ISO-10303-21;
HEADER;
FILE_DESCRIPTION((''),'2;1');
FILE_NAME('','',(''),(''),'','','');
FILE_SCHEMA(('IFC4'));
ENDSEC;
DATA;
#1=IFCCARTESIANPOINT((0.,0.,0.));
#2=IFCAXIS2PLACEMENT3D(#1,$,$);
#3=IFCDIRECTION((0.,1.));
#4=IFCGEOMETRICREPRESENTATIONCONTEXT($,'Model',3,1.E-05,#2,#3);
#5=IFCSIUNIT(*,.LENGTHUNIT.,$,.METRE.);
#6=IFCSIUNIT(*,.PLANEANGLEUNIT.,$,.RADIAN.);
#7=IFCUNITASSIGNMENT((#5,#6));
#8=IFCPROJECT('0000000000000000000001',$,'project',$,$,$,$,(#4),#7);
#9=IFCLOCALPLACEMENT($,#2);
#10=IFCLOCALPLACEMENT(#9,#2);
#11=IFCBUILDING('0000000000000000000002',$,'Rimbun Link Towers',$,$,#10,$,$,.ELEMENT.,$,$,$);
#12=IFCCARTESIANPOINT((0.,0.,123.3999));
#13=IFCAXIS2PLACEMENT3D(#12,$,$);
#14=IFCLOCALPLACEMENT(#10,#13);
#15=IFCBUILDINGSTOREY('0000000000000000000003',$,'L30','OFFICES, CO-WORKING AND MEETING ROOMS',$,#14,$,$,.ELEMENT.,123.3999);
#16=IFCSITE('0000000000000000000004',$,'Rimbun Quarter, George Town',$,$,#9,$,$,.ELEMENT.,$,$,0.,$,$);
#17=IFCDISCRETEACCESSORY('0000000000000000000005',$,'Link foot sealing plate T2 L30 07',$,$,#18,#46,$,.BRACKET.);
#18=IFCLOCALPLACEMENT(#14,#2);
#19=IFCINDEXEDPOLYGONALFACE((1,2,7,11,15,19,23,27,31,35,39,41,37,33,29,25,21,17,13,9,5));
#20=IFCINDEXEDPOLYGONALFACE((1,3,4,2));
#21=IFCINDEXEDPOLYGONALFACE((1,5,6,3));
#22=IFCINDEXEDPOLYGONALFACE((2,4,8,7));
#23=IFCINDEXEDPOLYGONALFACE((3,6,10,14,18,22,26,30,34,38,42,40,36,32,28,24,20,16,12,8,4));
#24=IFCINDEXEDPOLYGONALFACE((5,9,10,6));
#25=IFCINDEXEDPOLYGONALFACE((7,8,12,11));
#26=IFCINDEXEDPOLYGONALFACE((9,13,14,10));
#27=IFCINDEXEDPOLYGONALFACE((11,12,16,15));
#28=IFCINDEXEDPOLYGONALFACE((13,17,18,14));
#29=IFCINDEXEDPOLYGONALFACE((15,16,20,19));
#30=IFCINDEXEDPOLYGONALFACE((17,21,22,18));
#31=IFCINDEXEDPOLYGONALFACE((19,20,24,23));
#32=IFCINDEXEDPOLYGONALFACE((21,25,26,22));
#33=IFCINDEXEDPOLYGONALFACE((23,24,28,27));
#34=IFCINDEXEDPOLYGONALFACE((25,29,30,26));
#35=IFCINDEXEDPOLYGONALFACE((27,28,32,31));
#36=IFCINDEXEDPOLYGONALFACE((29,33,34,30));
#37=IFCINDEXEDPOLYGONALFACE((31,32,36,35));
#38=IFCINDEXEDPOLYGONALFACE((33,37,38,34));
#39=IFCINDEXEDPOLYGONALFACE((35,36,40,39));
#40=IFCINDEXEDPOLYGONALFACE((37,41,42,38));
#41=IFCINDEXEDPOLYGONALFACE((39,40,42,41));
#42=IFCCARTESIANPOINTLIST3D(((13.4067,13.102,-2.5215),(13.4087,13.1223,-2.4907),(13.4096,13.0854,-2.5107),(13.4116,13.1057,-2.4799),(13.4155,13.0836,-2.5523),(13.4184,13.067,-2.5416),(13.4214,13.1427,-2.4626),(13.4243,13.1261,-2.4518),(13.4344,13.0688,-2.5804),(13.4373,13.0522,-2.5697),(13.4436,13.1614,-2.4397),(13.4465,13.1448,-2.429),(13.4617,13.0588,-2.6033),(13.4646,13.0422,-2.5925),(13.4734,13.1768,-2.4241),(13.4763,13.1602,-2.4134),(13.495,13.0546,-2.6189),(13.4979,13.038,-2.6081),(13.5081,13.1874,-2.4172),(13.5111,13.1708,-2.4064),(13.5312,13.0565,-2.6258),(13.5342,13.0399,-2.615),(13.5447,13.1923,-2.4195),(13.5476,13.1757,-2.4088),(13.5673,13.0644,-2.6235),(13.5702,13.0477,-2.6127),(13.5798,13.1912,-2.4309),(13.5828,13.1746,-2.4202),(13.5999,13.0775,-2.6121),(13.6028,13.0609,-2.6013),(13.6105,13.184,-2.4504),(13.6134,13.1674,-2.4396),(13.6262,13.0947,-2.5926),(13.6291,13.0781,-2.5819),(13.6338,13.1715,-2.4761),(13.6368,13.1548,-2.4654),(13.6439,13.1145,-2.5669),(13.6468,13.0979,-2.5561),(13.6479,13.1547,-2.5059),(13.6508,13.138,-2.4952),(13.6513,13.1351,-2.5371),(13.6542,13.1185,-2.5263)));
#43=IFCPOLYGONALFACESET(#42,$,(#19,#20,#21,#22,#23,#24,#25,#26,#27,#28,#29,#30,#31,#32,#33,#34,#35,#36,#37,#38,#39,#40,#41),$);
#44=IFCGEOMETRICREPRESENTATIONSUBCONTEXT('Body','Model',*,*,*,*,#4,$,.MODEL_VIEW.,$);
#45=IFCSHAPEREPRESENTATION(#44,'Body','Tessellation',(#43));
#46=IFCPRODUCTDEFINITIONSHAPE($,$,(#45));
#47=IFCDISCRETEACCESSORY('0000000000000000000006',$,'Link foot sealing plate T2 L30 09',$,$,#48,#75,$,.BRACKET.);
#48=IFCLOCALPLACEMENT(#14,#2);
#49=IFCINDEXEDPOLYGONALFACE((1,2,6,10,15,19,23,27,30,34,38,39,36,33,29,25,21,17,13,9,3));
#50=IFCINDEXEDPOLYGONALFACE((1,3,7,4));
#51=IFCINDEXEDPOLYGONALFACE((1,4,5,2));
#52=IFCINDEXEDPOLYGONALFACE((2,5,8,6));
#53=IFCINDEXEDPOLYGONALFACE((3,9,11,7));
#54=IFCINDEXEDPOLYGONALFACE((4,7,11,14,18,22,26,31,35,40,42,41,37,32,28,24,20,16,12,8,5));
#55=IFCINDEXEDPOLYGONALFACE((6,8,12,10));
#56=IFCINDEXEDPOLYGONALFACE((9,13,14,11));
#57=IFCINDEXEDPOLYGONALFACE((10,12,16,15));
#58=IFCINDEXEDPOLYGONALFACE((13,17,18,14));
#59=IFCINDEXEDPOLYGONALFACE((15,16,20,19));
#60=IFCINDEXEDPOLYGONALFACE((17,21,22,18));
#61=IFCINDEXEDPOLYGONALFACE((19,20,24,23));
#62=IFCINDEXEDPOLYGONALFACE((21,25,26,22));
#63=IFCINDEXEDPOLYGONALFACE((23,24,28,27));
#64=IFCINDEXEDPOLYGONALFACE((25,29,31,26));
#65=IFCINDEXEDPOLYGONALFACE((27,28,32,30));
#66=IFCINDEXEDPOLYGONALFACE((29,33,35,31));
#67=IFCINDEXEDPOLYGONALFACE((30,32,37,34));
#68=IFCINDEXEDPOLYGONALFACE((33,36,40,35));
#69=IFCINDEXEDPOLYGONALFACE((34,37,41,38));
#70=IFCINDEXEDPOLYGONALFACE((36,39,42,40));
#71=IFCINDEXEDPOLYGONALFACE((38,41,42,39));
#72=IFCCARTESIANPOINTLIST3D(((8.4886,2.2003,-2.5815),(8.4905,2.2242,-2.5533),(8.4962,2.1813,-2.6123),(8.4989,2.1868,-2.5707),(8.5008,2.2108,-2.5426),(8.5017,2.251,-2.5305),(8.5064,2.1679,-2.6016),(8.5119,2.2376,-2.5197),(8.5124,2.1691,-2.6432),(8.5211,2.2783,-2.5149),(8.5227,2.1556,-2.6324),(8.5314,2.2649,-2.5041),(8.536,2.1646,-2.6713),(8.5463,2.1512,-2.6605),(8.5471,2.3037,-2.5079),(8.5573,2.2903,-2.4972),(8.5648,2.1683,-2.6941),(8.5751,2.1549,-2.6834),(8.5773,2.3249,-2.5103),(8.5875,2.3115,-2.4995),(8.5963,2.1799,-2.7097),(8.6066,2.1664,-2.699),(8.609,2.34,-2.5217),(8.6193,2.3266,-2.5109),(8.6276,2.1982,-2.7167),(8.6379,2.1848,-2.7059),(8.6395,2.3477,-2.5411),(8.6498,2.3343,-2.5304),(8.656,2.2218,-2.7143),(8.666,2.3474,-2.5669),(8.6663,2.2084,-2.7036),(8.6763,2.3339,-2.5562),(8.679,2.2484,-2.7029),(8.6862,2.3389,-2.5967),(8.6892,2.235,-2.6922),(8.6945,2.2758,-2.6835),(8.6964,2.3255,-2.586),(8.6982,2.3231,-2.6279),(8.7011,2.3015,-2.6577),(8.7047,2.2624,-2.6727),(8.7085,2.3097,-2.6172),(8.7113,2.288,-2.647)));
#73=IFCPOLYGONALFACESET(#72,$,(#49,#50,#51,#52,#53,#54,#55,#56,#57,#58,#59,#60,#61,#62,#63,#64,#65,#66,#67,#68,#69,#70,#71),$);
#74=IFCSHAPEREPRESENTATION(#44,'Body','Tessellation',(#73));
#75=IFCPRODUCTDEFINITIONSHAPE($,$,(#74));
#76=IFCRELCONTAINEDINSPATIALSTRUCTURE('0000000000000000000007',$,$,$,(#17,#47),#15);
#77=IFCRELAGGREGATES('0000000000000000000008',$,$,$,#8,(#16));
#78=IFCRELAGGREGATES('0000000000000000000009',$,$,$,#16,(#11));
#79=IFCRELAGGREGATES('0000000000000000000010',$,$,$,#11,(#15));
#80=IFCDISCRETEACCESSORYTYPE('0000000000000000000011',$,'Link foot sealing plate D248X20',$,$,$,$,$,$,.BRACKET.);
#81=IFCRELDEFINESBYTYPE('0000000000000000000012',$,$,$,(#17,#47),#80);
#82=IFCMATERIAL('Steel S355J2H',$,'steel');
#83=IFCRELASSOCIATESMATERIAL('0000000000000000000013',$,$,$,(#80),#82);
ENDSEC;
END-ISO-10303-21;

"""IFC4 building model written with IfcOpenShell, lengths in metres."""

from ifc_helpers import new_model, si_unit, direction, frame, origin, origin_2d, place, context, subcontext, project, spatial, circle, extrude, material, material_profile, profile_set, type_object, element, save


model = new_model("IFC4")

# Units and contexts
model_context = context("Model", 3, precision=1e-05, world=origin(), true_north=direction((0.0, 1.0)))
body_context = subcontext(model_context, "Body", "Model", "MODEL_VIEW")
ifc_project = project(units=[si_unit("LENGTHUNIT", "METRE"), si_unit("PLANEANGLEUNIT", "RADIAN")], contexts=[model_context])

# Site, building, storey
site_placement = place(None, origin())
site = spatial("IfcSite", under=ifc_project, at=site_placement, Name="Rimbun Quarter, George Town", CompositionType="ELEMENT", RefElevation=0.0)
building_placement = place(site_placement, origin())
building = spatial("IfcBuilding", under=site, at=building_placement, Name="Rimbun Link Towers", CompositionType="ELEMENT")
storey_placement = place(building_placement, frame((0.0, 0.0, 123.3999)))
storey = spatial("IfcBuildingStorey", under=building, at=storey_placement, Name="L30", Description="OFFICES, CO-WORKING AND MEETING ROOMS", CompositionType="ELEMENT", Elevation=123.3999)

# Discrete accessories
ifc_material_1 = material(Name="Steel S355J2H", Category="steel")
ifc_material_profile_1 = material_profile(ifc_material_1, circle(Radius=0.124, at=origin_2d()), Name="PL D248")
ifc_profile_set_1 = profile_set([ifc_material_profile_1], Name="Steel S355J2H")
discrete_accessory_type = type_object("IfcDiscreteAccessoryType", Name="Link foot sealing plate D248X20", PredefinedType="BRACKET", material=ifc_profile_set_1)
for number, where, z_axis, x_axis, name in (
    (1, (13.5317, 13.1069, -2.5107), (-0.14656, 0.830504, -0.537385), (-0.984784, -0.173785, 0.0), "Link foot sealing plate T2 L30 07"),
    (2, (8.605, 2.2432, -2.6016), (-0.512157, 0.670682, -0.536545), (-0.794768, -0.606914, 0.0), "Link foot sealing plate T2 L30 09"),
):
    element("IfcDiscreteAccessory", number, at=place(storey_placement, frame(where, z_axis=z_axis, x_axis=x_axis)), inside=storey, type_object=discrete_accessory_type, Name=name, PredefinedType="BRACKET", context=body_context, shape_type="SweptSolid", body=[
        extrude(circle(Radius=0.124, at=origin_2d()), origin(), (0.0, 0.0, 1.0), 0.02),
    ])

save(model, "model.ifc")
